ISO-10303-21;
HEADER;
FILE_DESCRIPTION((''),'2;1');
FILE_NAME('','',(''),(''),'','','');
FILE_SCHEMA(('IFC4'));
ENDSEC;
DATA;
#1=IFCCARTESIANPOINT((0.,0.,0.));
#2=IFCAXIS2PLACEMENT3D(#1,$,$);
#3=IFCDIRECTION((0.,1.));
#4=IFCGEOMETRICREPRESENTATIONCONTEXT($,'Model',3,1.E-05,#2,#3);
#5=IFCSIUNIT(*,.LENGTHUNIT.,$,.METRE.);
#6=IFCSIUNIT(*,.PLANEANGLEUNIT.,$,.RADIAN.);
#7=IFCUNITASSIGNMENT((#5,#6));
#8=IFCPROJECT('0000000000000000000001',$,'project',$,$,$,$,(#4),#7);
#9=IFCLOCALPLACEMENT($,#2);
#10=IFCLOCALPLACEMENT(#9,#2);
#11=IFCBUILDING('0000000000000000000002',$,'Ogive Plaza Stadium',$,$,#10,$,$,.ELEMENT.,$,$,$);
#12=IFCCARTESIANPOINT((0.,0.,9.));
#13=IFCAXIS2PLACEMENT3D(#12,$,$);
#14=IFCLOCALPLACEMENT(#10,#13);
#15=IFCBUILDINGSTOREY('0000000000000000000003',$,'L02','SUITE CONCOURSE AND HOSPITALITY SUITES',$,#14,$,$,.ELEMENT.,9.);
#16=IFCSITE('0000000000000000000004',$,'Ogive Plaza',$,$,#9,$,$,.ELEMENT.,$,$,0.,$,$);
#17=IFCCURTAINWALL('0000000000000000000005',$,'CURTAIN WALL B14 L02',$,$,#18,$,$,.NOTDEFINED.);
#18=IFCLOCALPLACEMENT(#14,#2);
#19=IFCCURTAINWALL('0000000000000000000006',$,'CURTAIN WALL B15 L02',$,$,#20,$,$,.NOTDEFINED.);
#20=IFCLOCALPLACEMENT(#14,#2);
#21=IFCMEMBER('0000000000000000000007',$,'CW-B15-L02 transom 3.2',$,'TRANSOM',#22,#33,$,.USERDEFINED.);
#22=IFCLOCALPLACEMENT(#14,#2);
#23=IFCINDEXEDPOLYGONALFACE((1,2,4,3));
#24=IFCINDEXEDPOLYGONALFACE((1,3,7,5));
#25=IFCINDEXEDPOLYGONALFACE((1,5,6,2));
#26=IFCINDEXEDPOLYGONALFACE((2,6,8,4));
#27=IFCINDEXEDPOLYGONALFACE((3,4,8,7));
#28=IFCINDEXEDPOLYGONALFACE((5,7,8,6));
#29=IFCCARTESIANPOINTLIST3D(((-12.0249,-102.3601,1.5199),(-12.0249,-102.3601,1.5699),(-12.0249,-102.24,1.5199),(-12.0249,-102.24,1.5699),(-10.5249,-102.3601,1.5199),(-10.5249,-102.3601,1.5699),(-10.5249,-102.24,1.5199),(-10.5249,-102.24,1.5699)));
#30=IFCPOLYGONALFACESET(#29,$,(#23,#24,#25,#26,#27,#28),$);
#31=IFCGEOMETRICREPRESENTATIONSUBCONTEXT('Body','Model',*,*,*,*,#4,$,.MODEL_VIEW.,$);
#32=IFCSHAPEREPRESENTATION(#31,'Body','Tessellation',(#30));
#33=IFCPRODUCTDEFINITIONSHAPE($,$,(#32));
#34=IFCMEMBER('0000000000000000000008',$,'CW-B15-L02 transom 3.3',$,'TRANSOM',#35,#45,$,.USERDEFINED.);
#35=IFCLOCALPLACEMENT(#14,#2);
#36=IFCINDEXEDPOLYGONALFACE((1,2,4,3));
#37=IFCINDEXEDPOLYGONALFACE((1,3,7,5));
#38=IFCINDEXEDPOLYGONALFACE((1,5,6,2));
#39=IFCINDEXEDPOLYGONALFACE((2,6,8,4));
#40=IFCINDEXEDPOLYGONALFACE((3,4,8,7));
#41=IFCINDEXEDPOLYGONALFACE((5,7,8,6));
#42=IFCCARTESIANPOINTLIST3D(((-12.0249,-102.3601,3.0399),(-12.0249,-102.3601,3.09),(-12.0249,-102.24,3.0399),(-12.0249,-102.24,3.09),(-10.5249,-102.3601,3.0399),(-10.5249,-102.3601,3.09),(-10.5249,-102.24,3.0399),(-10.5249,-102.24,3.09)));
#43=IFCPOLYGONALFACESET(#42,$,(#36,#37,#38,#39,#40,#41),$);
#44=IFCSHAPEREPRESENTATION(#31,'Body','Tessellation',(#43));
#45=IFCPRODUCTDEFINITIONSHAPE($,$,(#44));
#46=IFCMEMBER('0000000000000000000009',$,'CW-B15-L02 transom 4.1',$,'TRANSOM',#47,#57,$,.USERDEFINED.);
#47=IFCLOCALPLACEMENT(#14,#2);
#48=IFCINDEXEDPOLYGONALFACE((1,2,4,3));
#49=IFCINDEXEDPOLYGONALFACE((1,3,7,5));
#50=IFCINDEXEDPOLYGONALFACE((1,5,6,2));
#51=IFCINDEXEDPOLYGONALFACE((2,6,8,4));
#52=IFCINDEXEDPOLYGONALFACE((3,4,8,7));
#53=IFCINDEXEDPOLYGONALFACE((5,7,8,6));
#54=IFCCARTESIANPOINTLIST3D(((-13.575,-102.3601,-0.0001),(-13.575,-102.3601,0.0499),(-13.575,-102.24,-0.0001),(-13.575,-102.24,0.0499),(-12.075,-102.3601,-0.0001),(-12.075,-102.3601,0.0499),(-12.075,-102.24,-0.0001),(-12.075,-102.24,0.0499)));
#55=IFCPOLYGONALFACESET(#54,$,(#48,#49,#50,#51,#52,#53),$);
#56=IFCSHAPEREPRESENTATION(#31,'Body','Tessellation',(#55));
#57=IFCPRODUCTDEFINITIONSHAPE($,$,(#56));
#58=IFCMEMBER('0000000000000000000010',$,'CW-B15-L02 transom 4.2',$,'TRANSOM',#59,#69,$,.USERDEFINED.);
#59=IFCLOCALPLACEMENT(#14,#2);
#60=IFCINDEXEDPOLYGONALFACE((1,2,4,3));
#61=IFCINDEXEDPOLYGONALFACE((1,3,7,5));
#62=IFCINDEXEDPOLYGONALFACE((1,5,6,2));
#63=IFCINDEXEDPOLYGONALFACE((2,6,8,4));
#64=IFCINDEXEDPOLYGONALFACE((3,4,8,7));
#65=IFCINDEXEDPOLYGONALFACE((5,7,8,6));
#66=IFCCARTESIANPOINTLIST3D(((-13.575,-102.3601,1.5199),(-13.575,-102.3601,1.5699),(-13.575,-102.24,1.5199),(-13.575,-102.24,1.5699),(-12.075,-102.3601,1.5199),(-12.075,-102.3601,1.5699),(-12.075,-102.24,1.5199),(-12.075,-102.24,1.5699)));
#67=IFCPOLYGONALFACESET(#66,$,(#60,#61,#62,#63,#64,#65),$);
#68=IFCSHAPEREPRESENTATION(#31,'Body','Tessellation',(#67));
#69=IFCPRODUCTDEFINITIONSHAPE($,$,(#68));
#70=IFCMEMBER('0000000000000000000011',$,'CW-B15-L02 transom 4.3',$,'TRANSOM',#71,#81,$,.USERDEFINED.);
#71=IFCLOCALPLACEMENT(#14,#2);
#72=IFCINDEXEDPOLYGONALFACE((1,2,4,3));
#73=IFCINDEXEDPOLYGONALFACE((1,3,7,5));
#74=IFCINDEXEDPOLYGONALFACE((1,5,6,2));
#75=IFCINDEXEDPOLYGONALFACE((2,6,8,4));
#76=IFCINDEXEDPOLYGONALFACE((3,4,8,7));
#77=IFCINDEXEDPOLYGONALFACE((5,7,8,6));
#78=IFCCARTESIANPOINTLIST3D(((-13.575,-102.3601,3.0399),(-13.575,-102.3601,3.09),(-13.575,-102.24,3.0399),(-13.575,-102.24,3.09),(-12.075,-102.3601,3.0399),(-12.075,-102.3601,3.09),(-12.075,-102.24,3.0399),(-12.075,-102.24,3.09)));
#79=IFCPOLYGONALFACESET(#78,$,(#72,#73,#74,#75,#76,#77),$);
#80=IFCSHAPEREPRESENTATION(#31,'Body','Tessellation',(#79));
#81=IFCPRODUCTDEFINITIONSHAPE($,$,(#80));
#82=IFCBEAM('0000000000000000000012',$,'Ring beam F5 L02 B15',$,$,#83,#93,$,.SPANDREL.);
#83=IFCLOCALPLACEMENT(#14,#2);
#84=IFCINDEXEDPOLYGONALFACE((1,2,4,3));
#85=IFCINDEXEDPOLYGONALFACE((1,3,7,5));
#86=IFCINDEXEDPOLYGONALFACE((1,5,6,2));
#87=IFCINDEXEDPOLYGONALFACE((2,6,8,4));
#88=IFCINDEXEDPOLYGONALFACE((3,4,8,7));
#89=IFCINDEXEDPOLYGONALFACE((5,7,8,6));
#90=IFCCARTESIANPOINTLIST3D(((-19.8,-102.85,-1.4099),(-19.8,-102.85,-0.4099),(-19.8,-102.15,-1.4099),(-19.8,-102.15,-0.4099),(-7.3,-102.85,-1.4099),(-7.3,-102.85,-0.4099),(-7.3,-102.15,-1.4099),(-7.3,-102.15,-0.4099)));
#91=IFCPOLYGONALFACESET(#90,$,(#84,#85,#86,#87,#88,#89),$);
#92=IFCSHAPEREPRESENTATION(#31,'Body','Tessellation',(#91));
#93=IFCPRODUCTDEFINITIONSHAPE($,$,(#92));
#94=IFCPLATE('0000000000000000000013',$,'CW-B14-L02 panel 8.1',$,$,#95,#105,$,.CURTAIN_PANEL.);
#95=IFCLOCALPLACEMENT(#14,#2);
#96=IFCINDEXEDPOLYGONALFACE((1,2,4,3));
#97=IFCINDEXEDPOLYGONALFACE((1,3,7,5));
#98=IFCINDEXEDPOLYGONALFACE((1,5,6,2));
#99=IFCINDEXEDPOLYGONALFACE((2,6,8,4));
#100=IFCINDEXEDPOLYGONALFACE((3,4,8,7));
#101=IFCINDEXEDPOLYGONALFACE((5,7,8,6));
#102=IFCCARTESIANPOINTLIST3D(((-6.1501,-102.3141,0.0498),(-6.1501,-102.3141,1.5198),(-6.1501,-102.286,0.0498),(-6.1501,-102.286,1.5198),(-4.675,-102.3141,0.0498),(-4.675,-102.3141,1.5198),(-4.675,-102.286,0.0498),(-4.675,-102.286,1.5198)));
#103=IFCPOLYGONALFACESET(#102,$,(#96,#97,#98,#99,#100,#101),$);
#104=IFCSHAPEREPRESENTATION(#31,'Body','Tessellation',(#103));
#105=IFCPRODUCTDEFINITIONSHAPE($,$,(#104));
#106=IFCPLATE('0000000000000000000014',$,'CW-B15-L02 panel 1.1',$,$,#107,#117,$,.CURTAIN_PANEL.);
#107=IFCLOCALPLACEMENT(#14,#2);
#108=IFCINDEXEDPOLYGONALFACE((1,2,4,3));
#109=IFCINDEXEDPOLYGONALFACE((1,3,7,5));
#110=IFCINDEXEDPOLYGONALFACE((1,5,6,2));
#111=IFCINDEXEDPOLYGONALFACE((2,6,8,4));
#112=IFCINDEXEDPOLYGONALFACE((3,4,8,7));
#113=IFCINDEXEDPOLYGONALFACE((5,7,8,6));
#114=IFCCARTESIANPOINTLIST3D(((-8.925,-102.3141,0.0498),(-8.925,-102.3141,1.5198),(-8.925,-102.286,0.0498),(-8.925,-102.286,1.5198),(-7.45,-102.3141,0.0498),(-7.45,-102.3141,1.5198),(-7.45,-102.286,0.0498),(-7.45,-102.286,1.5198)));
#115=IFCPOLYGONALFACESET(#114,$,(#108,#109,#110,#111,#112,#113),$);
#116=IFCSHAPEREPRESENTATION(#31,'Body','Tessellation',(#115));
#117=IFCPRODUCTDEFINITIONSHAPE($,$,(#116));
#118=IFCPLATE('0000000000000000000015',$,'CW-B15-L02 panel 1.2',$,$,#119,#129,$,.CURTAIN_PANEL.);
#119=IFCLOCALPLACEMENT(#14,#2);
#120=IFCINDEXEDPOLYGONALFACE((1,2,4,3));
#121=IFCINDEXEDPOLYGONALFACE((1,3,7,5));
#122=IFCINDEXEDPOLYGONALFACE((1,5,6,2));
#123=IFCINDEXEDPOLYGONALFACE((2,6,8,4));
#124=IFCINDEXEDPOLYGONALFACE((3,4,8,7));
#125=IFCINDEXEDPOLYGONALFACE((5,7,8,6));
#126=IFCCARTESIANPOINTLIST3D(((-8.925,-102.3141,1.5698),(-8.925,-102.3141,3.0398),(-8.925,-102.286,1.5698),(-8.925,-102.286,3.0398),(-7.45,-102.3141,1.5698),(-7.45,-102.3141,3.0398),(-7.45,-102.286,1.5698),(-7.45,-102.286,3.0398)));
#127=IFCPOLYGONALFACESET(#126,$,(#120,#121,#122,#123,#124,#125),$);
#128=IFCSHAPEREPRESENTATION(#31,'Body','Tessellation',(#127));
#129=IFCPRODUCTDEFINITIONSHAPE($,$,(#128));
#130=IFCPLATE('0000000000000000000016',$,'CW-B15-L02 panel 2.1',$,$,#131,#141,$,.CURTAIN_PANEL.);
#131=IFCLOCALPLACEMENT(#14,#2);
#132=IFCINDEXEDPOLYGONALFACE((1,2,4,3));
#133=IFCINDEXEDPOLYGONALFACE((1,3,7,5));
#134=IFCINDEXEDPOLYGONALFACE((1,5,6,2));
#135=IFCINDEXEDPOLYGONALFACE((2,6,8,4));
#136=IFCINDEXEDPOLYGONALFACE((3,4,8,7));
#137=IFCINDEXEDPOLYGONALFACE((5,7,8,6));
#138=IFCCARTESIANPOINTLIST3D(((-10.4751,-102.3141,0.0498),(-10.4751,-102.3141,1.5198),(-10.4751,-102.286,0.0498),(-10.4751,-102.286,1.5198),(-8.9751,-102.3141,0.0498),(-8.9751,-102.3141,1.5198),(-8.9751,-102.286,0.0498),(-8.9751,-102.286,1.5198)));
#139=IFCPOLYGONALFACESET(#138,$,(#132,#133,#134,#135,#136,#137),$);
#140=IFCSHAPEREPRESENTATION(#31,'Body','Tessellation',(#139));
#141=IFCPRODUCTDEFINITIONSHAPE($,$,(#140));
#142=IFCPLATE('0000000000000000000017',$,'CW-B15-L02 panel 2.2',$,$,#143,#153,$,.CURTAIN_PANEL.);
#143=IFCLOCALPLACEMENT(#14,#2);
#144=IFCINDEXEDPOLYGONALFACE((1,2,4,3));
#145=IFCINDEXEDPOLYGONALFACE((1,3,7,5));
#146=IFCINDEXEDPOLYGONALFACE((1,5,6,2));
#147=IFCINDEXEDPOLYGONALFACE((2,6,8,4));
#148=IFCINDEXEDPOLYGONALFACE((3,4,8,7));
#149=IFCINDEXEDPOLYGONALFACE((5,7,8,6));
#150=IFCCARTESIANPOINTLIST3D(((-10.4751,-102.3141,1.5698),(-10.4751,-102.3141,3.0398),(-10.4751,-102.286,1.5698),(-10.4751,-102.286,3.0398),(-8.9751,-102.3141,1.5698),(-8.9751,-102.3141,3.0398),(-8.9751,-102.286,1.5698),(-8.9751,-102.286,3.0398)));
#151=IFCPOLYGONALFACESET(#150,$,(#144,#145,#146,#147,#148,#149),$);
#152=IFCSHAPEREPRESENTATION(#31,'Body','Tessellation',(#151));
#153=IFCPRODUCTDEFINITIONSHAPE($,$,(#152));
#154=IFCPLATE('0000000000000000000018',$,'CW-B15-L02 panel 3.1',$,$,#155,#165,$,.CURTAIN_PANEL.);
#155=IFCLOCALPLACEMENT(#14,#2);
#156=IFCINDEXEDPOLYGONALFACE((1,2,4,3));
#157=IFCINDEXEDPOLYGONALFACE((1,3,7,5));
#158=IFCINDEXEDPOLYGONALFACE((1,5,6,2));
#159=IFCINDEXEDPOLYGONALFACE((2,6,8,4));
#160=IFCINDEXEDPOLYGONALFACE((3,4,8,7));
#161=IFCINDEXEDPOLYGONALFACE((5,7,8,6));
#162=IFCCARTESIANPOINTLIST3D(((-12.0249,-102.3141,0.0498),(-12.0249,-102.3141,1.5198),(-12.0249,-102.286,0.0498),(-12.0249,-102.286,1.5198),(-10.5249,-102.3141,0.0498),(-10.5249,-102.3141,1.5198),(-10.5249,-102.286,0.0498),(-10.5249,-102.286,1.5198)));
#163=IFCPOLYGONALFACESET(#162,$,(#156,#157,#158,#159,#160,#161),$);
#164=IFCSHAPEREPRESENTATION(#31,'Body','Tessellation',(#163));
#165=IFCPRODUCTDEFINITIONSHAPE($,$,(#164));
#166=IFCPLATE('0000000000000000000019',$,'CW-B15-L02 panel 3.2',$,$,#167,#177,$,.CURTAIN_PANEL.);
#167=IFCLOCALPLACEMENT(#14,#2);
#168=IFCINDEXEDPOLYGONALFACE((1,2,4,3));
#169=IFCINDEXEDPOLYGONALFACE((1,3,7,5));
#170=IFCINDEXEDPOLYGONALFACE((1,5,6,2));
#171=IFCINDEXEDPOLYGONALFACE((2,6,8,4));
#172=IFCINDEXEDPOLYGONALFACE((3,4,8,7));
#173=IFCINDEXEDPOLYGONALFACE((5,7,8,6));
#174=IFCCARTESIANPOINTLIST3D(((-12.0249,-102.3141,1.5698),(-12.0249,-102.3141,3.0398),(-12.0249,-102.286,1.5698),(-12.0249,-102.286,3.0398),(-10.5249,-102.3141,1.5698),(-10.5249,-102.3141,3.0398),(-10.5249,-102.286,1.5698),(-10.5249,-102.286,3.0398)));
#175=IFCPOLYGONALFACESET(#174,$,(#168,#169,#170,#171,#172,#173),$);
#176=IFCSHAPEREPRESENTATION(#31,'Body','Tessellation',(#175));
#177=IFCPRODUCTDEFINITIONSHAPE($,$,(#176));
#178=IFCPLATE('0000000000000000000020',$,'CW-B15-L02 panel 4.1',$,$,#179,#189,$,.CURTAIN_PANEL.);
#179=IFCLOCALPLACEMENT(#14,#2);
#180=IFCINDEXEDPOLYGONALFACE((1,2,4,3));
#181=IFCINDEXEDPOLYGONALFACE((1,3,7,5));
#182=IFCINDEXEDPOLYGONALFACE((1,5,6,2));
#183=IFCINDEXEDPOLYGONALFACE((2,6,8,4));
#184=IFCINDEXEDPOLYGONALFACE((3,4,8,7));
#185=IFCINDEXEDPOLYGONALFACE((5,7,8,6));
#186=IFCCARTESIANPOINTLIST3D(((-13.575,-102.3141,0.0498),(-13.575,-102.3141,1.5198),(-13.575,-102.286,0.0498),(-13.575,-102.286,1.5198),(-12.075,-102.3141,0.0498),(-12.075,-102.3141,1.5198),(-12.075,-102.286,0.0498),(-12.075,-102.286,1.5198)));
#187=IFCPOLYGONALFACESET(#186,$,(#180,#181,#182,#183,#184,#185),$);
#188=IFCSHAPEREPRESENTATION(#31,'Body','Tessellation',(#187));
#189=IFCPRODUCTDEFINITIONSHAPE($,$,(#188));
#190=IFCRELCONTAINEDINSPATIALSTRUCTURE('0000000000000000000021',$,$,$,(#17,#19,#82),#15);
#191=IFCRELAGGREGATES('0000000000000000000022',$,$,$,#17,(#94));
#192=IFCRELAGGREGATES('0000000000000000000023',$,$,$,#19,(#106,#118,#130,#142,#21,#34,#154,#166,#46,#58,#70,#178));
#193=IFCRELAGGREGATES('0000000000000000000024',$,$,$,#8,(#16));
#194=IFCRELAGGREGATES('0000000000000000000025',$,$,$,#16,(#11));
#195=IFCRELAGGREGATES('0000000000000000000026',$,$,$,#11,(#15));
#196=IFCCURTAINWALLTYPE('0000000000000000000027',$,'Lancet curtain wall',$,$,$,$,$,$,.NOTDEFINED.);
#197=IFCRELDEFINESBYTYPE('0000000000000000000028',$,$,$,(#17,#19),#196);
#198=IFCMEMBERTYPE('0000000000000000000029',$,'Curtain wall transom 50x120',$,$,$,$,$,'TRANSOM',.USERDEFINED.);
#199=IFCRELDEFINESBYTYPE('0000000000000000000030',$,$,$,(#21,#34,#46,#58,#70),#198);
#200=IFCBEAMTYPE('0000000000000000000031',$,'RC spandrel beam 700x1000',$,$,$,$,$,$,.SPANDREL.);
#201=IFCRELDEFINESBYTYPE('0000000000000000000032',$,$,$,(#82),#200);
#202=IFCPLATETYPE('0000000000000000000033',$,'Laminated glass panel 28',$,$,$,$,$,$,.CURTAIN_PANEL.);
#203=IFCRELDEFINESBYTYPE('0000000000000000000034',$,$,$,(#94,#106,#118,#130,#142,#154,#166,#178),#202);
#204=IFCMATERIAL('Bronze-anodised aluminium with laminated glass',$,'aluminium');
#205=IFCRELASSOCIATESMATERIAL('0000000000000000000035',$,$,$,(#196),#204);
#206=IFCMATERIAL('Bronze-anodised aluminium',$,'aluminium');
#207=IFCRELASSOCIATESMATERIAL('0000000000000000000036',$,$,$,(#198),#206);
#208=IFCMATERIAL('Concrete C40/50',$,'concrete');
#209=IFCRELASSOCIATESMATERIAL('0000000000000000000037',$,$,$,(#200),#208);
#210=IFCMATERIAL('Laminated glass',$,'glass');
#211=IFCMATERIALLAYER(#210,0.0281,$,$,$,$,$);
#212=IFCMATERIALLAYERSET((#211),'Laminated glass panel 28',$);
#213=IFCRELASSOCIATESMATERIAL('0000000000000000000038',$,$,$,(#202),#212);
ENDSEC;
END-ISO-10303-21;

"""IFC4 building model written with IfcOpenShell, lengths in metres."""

from ifc_helpers import new_model, si_unit, direction, frame, origin, origin_2d, place, context, subcontext, project, spatial, rectangle, extrude, material, layer, layer_set, material_profile, profile_set, type_object, element, aggregate, save


model = new_model("IFC4")

# Units and contexts
model_context = context("Model", 3, precision=1e-05, world=origin(), true_north=direction((0.0, 1.0)))
body_context = subcontext(model_context, "Body", "Model", "MODEL_VIEW")
ifc_project = project(units=[si_unit("LENGTHUNIT", "METRE"), si_unit("PLANEANGLEUNIT", "RADIAN")], contexts=[model_context])

# Site, building, storey
site_placement = place(None, origin())
site = spatial("IfcSite", under=ifc_project, at=site_placement, Name="Ogive Plaza", CompositionType="ELEMENT", RefElevation=0.0)
building_placement = place(site_placement, origin())
building = spatial("IfcBuilding", under=site, at=building_placement, Name="Ogive Plaza Stadium", CompositionType="ELEMENT")
storey_placement = place(building_placement, frame((0.0, 0.0, 9.0)))
storey = spatial("IfcBuildingStorey", under=building, at=storey_placement, Name="L02", Description="SUITE CONCOURSE AND HOSPITALITY SUITES", CompositionType="ELEMENT", Elevation=9.0)

# Curtain wall
ifc_material_1 = material(Name="Bronze-anodised aluminium with laminated glass", Category="aluminium")
curtain_wall_type = type_object("IfcCurtainWallType", Name="Lancet curtain wall", PredefinedType="NOTDEFINED", material=ifc_material_1)
curtain_wall_1_placement = place(storey_placement, origin())
curtain_wall_1 = element("IfcCurtainWall", 1, at=curtain_wall_1_placement, inside=storey, type_object=curtain_wall_type, Name="CURTAIN WALL B14 L02", PredefinedType="NOTDEFINED")

# Curtain wall, members
curtain_wall_2_placement = place(storey_placement, origin())
curtain_wall_2 = element("IfcCurtainWall", 2, at=curtain_wall_2_placement, inside=storey, type_object=curtain_wall_type, Name="CURTAIN WALL B15 L02", PredefinedType="NOTDEFINED")
ifc_material_2 = material(Name="Bronze-anodised aluminium", Category="aluminium")
ifc_material_profile_1 = material_profile(ifc_material_2, rectangle(XDim=0.1201, YDim=0.05, at=origin_2d()), Name="AL 120x50")
ifc_profile_set_1 = profile_set([ifc_material_profile_1], Name="Bronze-anodised aluminium")
member_type_1 = type_object("IfcMemberType", Name="Curtain wall transom 50x120", ElementType="TRANSOM", PredefinedType="USERDEFINED", material=ifc_profile_set_1)
member_1_placement = place(storey_placement, frame((-10.5249, -102.3, 1.5449), z_axis=(-1.0, 0.0, 0.0), x_axis=(0.0, -1.0, 0.0)))
member_1 = element("IfcMember", 3, at=member_1_placement, type_object=member_type_1, Name="CW-B15-L02 transom 3.2", ObjectType="TRANSOM", PredefinedType="USERDEFINED", context=body_context, shape_type="SweptSolid", body=[
    extrude(rectangle(XDim=0.1201, YDim=0.05, at=origin_2d()), origin(), (0.0, 0.0, 1.0), 1.5),
])
member_2_placement = place(storey_placement, frame((-10.5249, -102.3, 3.0649), z_axis=(-1.0, 0.0, 0.0), x_axis=(0.0, -1.0, 0.0)))
member_2 = element("IfcMember", 4, at=member_2_placement, type_object=member_type_1, Name="CW-B15-L02 transom 3.3", ObjectType="TRANSOM", PredefinedType="USERDEFINED", context=body_context, shape_type="SweptSolid", body=[
    extrude(rectangle(XDim=0.1201, YDim=0.05, at=origin_2d()), origin(), (0.0, 0.0, 1.0), 1.5),
])
member_3_placement = place(storey_placement, frame((-12.075, -102.3, 0.0249), z_axis=(-1.0, 0.0, 0.0), x_axis=(0.0, -1.0, 0.0)))
member_3 = element("IfcMember", 5, at=member_3_placement, type_object=member_type_1, Name="CW-B15-L02 transom 4.1", ObjectType="TRANSOM", PredefinedType="USERDEFINED", context=body_context, shape_type="SweptSolid", body=[
    extrude(rectangle(XDim=0.1201, YDim=0.05, at=origin_2d()), origin(), (0.0, 0.0, 1.0), 1.5),
])
member_4_placement = place(storey_placement, frame((-12.075, -102.3, 1.5449), z_axis=(-1.0, 0.0, 0.0), x_axis=(0.0, -1.0, 0.0)))
member_4 = element("IfcMember", 6, at=member_4_placement, type_object=member_type_1, Name="CW-B15-L02 transom 4.2", ObjectType="TRANSOM", PredefinedType="USERDEFINED", context=body_context, shape_type="SweptSolid", body=[
    extrude(rectangle(XDim=0.1201, YDim=0.05, at=origin_2d()), origin(), (0.0, 0.0, 1.0), 1.5),
])
member_5_placement = place(storey_placement, frame((-12.075, -102.3, 3.0649), z_axis=(-1.0, 0.0, 0.0), x_axis=(0.0, -1.0, 0.0)))
member_5 = element("IfcMember", 7, at=member_5_placement, type_object=member_type_1, Name="CW-B15-L02 transom 4.3", ObjectType="TRANSOM", PredefinedType="USERDEFINED", context=body_context, shape_type="SweptSolid", body=[
    extrude(rectangle(XDim=0.1201, YDim=0.05, at=origin_2d()), origin(), (0.0, 0.0, 1.0), 1.5),
])

# Beam
ifc_material_3 = material(Name="Concrete C40/50", Category="concrete")
ifc_material_profile_2 = material_profile(ifc_material_3, rectangle(XDim=0.7, YDim=1.0, at=origin_2d()), Name="RC 700x1000")
ifc_profile_set_2 = profile_set([ifc_material_profile_2], Name="Concrete C40/50")
beam_type = type_object("IfcBeamType", Name="RC spandrel beam 700x1000", PredefinedType="SPANDREL", material=ifc_profile_set_2)
beam_placement = place(storey_placement, frame((-7.3, -102.5, -0.9099), z_axis=(-1.0, 0.0, 0.0), x_axis=(0.0, -1.0, 0.0)))
element("IfcBeam", 8, at=beam_placement, inside=storey, type_object=beam_type, Name="Ring beam F5 L02 B15", PredefinedType="SPANDREL", context=body_context, shape_type="SweptSolid", body=[
    extrude(rectangle(XDim=0.7, YDim=1.0, at=origin_2d()), origin(), (0.0, 0.0, 1.0), 12.5),
])

# Plates
ifc_material_4 = material(Name="Laminated glass", Category="glass")
ifc_layer_1 = layer(ifc_material_4, 0.0281)
ifc_layer_set_1 = layer_set([ifc_layer_1], Name="Laminated glass panel 28")
plate_type = type_object("IfcPlateType", Name="Laminated glass panel 28", PredefinedType="CURTAIN_PANEL", material=ifc_layer_set_1)
plate_1_placement = place(storey_placement, frame((-5.4126, -102.3, 0.0498), z_axis=(0.0, 0.0, 1.0), x_axis=(-1.0, 0.0, 0.0)))
plate_1 = element("IfcPlate", 9, at=plate_1_placement, type_object=plate_type, Name="CW-B14-L02 panel 8.1", PredefinedType="CURTAIN_PANEL", context=body_context, shape_type="SweptSolid", body=[
    extrude(rectangle(XDim=1.4751, YDim=0.0281, at=origin_2d()), origin(), (0.0, 0.0, 1.0), 1.47),
])
aggregate(curtain_wall_1, [plate_1])
plate_2_placement = place(storey_placement, frame((-8.1875, -102.3, 0.0498), z_axis=(0.0, 0.0, 1.0), x_axis=(-1.0, 0.0, 0.0)))
plate_2 = element("IfcPlate", 10, at=plate_2_placement, type_object=plate_type, Name="CW-B15-L02 panel 1.1", PredefinedType="CURTAIN_PANEL", context=body_context, shape_type="SweptSolid", body=[
    extrude(rectangle(XDim=1.4751, YDim=0.0281, at=origin_2d()), origin(), (0.0, 0.0, 1.0), 1.47),
])
plate_3_placement = place(storey_placement, frame((-8.1875, -102.3, 1.5698), z_axis=(0.0, 0.0, 1.0), x_axis=(-1.0, 0.0, 0.0)))
plate_3 = element("IfcPlate", 11, at=plate_3_placement, type_object=plate_type, Name="CW-B15-L02 panel 1.2", PredefinedType="CURTAIN_PANEL", context=body_context, shape_type="SweptSolid", body=[
    extrude(rectangle(XDim=1.4751, YDim=0.0281, at=origin_2d()), origin(), (0.0, 0.0, 1.0), 1.47),
])
plate_4_placement = place(storey_placement, frame((-9.7251, -102.3, 0.0498), z_axis=(0.0, 0.0, 1.0), x_axis=(-1.0, 0.0, 0.0)))
plate_4 = element("IfcPlate", 12, at=plate_4_placement, type_object=plate_type, Name="CW-B15-L02 panel 2.1", PredefinedType="CURTAIN_PANEL", context=body_context, shape_type="SweptSolid", body=[
    extrude(rectangle(XDim=1.5, YDim=0.0281, at=origin_2d()), origin(), (0.0, 0.0, 1.0), 1.47),
])
plate_5_placement = place(storey_placement, frame((-9.7251, -102.3, 1.5698), z_axis=(0.0, 0.0, 1.0), x_axis=(-1.0, 0.0, 0.0)))
plate_5 = element("IfcPlate", 13, at=plate_5_placement, type_object=plate_type, Name="CW-B15-L02 panel 2.2", PredefinedType="CURTAIN_PANEL", context=body_context, shape_type="SweptSolid", body=[
    extrude(rectangle(XDim=1.5, YDim=0.0281, at=origin_2d()), origin(), (0.0, 0.0, 1.0), 1.47),
])
plate_6_placement = place(storey_placement, frame((-11.2749, -102.3, 0.0498), z_axis=(0.0, 0.0, 1.0), x_axis=(-1.0, 0.0, 0.0)))
plate_6 = element("IfcPlate", 14, at=plate_6_placement, type_object=plate_type, Name="CW-B15-L02 panel 3.1", PredefinedType="CURTAIN_PANEL", context=body_context, shape_type="SweptSolid", body=[
    extrude(rectangle(XDim=1.5, YDim=0.0281, at=origin_2d()), origin(), (0.0, 0.0, 1.0), 1.47),
])
plate_7_placement = place(storey_placement, frame((-11.2749, -102.3, 1.5698), z_axis=(0.0, 0.0, 1.0), x_axis=(-1.0, 0.0, 0.0)))
plate_7 = element("IfcPlate", 15, at=plate_7_placement, type_object=plate_type, Name="CW-B15-L02 panel 3.2", PredefinedType="CURTAIN_PANEL", context=body_context, shape_type="SweptSolid", body=[
    extrude(rectangle(XDim=1.5, YDim=0.0281, at=origin_2d()), origin(), (0.0, 0.0, 1.0), 1.47),
])
plate_8_placement = place(storey_placement, frame((-12.825, -102.3, 0.0498), z_axis=(0.0, 0.0, 1.0), x_axis=(-1.0, 0.0, 0.0)))
plate_8 = element("IfcPlate", 16, at=plate_8_placement, type_object=plate_type, Name="CW-B15-L02 panel 4.1", PredefinedType="CURTAIN_PANEL", context=body_context, shape_type="SweptSolid", body=[
    extrude(rectangle(XDim=1.5, YDim=0.0281, at=origin_2d()), origin(), (0.0, 0.0, 1.0), 1.47),
])
aggregate(curtain_wall_2, [plate_2, plate_3, plate_4, plate_5, member_1, member_2, plate_6, plate_7, member_3, member_4, member_5, plate_8])

save(model, "model.ifc")
